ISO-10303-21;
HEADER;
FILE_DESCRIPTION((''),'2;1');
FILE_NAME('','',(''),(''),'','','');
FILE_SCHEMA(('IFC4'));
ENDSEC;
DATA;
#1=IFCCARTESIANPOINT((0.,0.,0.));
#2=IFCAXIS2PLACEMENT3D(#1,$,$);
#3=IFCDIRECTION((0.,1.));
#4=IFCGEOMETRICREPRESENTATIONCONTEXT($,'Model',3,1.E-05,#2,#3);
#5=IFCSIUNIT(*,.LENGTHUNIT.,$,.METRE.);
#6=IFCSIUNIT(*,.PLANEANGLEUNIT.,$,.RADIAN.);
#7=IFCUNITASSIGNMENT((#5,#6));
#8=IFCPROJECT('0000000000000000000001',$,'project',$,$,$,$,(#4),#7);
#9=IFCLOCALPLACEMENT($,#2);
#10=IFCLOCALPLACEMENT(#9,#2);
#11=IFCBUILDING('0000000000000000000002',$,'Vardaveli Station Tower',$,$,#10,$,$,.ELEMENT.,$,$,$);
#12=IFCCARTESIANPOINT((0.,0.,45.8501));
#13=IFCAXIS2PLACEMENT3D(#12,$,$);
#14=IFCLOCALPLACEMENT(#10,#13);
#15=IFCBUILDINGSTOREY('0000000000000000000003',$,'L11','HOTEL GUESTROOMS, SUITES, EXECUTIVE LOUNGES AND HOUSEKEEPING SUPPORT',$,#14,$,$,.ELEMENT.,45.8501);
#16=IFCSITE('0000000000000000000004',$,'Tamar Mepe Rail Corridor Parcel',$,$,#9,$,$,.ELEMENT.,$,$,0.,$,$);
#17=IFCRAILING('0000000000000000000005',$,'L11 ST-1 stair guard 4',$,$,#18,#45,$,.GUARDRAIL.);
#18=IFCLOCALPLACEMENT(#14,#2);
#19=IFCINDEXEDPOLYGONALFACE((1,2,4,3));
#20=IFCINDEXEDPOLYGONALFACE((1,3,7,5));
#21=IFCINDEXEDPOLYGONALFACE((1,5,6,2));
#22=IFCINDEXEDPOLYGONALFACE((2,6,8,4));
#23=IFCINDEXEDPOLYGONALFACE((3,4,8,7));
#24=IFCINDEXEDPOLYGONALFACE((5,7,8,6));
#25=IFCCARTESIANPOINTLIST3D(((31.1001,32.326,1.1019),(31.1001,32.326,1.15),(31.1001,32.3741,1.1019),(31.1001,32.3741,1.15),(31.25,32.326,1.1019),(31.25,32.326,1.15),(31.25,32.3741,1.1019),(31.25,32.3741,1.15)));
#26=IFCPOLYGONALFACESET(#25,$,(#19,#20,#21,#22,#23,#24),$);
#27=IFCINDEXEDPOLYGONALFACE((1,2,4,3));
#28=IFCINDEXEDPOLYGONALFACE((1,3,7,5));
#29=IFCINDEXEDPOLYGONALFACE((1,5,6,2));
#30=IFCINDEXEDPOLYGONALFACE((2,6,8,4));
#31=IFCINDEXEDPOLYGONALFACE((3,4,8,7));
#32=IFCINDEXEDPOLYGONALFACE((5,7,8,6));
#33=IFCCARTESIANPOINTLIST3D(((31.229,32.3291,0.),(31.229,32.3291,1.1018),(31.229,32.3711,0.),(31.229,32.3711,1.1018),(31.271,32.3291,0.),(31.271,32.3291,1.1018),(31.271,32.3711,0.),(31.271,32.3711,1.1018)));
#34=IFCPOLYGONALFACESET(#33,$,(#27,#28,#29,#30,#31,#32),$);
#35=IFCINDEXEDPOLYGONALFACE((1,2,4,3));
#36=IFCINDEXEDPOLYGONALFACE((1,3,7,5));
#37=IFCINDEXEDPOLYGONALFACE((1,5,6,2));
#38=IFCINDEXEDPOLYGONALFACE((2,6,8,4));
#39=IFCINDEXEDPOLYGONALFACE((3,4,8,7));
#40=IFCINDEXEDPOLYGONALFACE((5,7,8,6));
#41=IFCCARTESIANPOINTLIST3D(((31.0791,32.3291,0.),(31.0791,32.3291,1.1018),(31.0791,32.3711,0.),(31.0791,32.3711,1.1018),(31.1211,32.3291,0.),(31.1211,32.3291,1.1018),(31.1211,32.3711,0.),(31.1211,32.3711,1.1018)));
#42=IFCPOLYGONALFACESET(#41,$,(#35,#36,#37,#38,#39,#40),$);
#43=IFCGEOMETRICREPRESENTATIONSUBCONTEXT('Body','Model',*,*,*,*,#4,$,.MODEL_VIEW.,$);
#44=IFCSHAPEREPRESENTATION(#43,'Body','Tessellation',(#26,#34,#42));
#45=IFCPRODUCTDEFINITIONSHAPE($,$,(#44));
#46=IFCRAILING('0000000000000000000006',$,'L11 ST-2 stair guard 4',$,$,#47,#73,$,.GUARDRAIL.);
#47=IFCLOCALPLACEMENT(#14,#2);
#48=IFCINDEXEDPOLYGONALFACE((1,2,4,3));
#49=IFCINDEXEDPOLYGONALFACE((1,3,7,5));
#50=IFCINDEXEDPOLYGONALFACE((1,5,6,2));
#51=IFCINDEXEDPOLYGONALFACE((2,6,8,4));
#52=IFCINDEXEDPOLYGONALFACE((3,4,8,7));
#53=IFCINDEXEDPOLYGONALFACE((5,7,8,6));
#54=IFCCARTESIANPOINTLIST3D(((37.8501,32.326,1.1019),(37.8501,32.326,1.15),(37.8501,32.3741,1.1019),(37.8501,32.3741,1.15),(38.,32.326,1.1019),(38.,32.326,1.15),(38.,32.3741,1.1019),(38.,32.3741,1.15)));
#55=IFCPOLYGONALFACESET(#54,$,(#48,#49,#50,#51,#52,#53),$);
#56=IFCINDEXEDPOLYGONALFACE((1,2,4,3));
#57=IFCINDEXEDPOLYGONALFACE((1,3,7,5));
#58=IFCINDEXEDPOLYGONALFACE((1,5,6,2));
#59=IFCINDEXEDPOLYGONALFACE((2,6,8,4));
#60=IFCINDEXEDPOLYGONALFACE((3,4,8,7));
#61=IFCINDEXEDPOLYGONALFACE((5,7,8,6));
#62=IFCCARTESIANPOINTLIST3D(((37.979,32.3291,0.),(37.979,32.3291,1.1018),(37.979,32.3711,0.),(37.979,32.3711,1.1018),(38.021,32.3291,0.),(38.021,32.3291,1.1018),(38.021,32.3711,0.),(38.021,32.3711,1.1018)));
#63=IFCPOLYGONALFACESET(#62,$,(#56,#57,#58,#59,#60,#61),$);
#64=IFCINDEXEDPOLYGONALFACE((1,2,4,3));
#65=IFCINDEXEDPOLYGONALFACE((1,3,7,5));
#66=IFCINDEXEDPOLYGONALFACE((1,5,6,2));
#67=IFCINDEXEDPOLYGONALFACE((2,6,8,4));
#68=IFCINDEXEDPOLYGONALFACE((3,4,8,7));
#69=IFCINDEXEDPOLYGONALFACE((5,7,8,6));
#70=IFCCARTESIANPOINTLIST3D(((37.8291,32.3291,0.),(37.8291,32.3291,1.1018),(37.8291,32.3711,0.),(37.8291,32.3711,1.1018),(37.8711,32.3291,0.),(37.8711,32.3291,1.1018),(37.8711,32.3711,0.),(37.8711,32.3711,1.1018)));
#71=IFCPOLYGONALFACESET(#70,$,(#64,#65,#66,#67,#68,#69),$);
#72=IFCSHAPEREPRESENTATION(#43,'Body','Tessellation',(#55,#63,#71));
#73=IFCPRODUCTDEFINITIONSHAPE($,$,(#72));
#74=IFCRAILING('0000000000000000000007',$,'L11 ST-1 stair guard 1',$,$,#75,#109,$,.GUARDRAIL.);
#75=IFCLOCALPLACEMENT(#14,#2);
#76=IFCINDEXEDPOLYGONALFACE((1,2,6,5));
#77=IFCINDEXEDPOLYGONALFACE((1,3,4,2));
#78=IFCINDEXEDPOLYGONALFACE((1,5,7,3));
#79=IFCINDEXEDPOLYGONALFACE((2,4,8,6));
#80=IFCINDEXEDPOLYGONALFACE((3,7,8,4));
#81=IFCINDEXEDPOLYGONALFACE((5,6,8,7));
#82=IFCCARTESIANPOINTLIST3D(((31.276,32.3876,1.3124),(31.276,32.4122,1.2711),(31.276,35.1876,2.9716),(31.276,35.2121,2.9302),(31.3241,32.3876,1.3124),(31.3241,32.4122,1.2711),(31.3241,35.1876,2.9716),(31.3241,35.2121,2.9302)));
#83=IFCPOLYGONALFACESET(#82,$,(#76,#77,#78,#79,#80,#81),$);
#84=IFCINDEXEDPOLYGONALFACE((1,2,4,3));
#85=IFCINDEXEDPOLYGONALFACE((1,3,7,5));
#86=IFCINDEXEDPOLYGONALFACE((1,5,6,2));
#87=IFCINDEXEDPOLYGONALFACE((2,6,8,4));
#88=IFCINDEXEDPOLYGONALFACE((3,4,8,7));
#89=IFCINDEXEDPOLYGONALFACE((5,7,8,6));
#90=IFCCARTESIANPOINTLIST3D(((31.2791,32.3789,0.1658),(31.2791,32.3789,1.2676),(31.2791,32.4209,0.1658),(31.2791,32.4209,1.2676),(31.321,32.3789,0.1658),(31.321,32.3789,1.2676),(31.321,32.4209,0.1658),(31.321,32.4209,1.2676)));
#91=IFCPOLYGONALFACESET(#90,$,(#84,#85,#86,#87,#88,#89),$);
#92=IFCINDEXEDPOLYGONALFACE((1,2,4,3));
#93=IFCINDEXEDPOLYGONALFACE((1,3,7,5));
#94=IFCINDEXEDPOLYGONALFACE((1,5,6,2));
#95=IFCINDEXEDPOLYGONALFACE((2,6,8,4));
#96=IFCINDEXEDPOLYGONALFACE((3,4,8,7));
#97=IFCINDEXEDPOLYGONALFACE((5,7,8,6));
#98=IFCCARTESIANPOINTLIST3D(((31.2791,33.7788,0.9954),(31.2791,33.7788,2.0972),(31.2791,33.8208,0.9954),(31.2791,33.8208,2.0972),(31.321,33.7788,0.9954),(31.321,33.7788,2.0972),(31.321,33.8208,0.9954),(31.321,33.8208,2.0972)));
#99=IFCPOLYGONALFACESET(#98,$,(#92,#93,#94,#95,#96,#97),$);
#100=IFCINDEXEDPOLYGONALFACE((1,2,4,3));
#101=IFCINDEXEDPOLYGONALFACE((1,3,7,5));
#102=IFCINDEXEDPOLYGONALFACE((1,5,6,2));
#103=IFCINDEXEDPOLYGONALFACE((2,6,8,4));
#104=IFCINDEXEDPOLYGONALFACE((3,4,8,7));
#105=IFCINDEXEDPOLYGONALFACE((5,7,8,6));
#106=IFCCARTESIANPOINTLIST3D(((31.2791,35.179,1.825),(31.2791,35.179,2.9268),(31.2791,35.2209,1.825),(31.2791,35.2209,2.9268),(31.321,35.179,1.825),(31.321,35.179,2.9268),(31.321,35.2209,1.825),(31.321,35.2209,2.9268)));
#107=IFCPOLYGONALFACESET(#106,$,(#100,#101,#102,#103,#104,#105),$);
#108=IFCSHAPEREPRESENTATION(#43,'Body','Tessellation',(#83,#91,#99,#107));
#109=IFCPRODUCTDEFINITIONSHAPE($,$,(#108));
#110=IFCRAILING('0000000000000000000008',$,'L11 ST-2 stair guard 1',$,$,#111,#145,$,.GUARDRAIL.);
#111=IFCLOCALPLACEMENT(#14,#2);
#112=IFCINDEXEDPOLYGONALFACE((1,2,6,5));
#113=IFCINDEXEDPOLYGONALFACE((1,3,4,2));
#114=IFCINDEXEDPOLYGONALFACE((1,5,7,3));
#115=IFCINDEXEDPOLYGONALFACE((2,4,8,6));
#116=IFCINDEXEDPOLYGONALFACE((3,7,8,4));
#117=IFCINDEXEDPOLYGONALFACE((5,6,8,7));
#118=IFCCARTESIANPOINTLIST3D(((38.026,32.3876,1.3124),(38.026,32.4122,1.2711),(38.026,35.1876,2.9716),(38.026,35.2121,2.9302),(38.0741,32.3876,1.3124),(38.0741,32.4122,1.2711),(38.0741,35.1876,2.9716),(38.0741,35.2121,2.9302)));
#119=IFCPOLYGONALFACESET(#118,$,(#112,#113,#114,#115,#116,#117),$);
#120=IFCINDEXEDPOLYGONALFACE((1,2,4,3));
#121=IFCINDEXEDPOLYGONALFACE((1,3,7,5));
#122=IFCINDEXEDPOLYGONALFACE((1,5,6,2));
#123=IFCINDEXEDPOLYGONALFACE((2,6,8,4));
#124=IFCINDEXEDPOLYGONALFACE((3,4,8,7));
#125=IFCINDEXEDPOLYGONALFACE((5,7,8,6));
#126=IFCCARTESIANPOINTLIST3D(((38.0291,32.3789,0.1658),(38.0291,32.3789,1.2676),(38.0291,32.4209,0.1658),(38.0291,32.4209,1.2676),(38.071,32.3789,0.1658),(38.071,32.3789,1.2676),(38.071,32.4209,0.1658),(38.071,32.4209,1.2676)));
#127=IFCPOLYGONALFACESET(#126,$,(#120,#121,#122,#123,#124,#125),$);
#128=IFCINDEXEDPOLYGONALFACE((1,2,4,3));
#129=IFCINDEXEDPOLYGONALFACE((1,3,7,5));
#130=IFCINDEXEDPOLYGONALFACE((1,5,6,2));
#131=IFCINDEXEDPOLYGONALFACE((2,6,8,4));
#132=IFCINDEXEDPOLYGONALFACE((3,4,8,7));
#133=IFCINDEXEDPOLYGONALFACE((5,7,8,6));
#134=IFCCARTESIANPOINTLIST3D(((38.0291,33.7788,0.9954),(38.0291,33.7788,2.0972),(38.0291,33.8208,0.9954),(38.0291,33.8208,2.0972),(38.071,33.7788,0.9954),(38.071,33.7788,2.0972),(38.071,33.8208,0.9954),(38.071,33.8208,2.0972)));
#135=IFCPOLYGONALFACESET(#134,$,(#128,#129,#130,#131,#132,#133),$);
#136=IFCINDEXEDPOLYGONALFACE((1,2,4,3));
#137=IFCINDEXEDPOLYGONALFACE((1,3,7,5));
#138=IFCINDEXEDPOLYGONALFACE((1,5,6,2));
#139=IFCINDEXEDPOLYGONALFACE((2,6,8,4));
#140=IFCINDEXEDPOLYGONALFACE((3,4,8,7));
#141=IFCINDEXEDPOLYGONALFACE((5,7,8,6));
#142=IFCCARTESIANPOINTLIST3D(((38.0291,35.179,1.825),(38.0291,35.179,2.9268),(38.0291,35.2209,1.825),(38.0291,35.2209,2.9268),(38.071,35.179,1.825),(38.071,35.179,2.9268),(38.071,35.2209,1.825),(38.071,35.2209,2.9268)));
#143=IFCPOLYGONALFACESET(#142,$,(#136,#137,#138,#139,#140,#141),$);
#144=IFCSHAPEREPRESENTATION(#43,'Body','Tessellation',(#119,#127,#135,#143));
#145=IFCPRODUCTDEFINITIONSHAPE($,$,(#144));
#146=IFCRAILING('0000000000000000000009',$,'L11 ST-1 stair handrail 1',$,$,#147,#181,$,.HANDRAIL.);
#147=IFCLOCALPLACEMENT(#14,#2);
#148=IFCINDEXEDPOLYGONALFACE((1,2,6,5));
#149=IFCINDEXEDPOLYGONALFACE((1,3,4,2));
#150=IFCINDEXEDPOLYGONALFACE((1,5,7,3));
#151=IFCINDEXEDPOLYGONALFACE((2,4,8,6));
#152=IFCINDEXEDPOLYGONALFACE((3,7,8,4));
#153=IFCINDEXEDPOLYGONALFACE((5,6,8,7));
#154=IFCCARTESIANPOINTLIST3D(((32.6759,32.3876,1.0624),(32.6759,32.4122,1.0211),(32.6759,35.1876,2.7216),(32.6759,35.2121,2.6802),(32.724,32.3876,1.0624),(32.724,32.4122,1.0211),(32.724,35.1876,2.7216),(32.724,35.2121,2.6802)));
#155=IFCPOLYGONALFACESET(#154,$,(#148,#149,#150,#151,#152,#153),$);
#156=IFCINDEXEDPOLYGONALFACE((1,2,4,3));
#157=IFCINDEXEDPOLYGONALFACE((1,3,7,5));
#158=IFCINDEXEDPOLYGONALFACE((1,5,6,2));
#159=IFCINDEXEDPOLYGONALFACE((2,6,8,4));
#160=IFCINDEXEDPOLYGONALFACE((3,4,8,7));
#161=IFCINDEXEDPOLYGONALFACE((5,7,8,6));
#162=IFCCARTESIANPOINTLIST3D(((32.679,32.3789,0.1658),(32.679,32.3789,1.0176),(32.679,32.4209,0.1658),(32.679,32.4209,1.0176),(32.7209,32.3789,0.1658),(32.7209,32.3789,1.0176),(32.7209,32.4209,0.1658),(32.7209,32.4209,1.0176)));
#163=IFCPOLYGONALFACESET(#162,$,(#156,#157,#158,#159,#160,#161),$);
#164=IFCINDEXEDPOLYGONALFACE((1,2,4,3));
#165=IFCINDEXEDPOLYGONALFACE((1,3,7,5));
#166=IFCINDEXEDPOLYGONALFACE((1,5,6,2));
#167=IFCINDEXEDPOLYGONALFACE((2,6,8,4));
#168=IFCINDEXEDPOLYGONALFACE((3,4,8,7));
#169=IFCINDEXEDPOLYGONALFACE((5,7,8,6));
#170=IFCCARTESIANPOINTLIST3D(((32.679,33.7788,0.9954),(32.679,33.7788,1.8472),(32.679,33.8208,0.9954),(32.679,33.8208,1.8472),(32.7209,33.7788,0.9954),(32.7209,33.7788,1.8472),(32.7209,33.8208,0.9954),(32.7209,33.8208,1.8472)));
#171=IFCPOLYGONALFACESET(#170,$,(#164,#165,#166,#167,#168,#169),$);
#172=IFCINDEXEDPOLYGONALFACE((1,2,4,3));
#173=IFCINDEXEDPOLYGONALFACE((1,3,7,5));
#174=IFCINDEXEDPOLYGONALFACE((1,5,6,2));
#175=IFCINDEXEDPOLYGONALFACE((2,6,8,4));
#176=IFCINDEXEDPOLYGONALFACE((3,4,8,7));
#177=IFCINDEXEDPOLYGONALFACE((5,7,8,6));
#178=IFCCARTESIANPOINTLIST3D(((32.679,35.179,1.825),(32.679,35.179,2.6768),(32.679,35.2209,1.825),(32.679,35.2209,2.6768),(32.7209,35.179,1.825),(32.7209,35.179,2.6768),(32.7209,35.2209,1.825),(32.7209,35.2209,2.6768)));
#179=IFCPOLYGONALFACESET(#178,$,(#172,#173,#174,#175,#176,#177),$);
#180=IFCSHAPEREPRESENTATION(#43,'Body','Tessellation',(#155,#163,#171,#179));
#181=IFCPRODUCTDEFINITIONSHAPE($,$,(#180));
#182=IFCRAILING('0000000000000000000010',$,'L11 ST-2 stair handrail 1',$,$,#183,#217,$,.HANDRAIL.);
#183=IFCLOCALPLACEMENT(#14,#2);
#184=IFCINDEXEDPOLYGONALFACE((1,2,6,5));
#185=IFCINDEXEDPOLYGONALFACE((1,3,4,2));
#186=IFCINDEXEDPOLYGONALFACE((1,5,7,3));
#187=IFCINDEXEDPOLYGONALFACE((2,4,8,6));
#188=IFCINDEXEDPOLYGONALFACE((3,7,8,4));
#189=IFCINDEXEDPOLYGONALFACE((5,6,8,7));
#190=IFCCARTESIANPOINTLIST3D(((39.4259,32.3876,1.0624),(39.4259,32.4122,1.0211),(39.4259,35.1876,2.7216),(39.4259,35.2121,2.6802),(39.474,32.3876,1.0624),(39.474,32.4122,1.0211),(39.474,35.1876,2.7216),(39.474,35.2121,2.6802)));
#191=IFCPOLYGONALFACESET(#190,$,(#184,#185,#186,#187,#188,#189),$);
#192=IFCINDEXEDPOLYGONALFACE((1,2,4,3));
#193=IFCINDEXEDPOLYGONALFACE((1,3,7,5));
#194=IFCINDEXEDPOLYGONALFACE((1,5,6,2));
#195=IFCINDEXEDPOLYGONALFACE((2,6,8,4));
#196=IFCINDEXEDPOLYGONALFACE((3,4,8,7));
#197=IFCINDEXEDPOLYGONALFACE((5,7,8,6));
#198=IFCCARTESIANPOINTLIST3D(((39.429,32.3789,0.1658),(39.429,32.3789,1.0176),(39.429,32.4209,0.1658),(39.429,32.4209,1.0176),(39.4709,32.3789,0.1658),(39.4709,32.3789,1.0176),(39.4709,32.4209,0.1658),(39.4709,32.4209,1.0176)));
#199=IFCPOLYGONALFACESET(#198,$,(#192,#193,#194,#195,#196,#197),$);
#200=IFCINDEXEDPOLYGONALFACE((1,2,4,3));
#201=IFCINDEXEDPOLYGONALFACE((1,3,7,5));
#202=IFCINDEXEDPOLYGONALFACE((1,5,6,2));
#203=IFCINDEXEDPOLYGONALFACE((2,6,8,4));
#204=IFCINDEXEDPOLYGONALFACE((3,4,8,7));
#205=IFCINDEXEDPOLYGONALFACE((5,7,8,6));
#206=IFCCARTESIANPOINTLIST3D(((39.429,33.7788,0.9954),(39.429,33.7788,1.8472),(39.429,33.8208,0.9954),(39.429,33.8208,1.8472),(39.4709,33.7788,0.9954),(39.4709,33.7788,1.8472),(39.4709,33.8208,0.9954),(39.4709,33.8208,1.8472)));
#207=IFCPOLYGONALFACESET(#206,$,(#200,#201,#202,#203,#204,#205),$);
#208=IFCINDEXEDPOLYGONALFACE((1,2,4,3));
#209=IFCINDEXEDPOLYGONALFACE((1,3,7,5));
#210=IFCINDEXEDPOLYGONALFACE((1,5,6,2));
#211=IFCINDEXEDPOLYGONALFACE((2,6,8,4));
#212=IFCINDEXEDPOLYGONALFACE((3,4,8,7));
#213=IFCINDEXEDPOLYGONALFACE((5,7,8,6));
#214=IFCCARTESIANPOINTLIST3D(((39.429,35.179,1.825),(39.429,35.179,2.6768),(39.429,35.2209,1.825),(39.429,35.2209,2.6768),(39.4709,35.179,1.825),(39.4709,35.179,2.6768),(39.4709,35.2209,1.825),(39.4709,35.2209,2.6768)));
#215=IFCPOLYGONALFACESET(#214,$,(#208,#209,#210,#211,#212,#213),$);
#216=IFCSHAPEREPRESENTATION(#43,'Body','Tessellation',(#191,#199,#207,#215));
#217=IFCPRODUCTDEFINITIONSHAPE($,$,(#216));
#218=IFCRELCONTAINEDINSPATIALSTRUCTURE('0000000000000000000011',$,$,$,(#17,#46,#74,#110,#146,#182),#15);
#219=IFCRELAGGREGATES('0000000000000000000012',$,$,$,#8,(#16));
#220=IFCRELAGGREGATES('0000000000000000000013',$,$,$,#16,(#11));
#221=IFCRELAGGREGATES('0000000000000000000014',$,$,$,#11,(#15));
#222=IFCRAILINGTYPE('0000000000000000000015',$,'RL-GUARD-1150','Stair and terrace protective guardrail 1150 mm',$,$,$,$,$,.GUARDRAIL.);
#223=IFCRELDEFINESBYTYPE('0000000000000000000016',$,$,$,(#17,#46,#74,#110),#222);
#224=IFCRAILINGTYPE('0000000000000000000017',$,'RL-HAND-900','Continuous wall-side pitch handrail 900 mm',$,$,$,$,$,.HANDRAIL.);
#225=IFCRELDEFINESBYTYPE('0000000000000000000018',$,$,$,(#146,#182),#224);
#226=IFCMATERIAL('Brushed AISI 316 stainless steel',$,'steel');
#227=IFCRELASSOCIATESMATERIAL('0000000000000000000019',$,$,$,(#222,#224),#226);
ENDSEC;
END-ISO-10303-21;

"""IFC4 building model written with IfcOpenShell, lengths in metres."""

from ifc_helpers import new_model, si_unit, direction, frame, origin, origin_2d, place, context, subcontext, project, spatial, rectangle, extrude, source, transform, mapped, material, type_object, element, save


model = new_model("IFC4")

# Units and contexts
model_context = context("Model", 3, precision=1e-05, world=origin(), true_north=direction((0.0, 1.0)))
body_context = subcontext(model_context, "Body", "Model", "MODEL_VIEW")
ifc_project = project(units=[si_unit("LENGTHUNIT", "METRE"), si_unit("PLANEANGLEUNIT", "RADIAN")], contexts=[model_context])

# Site, building, storey
site_placement = place(None, origin())
site = spatial("IfcSite", under=ifc_project, at=site_placement, Name="Tamar Mepe Rail Corridor Parcel", CompositionType="ELEMENT", RefElevation=0.0)
building_placement = place(site_placement, origin())
building = spatial("IfcBuilding", under=site, at=building_placement, Name="Vardaveli Station Tower", CompositionType="ELEMENT")
storey_placement = place(building_placement, frame((0.0, 0.0, 45.8501)))
storey = spatial("IfcBuildingStorey", under=building, at=storey_placement, Name="L11", Description="HOTEL GUESTROOMS, SUITES, EXECUTIVE LOUNGES AND HOUSEKEEPING SUPPORT", CompositionType="ELEMENT", Elevation=45.8501)

# Railings
ifc_material_1 = material(Name="Brushed AISI 316 stainless steel", Category="steel")
railing_type_1 = type_object("IfcRailingType", Name="RL-GUARD-1150", Description="Stair and terrace protective guardrail 1150 mm", PredefinedType="GUARDRAIL", material=ifc_material_1)
shared_shape_1 = source(origin(), body_context, "Body", "SweptSolid", [
    extrude(rectangle(XDim=0.0481, YDim=0.0481, at=origin_2d()), frame((0.0, 0.0, 1.126), z_axis=(-1.0, 0.0, 0.0), x_axis=(0.0, -1.0, 0.0)), (0.0, 0.0, 1.0), 0.1499),
    extrude(rectangle(XDim=0.042, YDim=0.042, at=origin_2d()), origin(), (0.0, 0.0, 1.0), 1.1018),
    extrude(rectangle(XDim=0.042, YDim=0.042, at=origin_2d()), frame((-0.1499, 0.0, 0.0)), (0.0, 0.0, 1.0), 1.1018),
])
for number, where, name in (
    (1, (31.25, 32.3501, 0.0), "L11 ST-1 stair guard 4"),
    (2, (38.0, 32.3501, 0.0), "L11 ST-2 stair guard 4"),
):
    element("IfcRailing", number, at=place(storey_placement, frame(where)), inside=storey, type_object=railing_type_1, Name=name, PredefinedType="GUARDRAIL", context=body_context, shape_type="MappedRepresentation", body=[
        mapped(shared_shape_1, transform((0.0, 0.0, 0.0), scale=1.0)),
    ])
shared_shape_2 = source(origin(), body_context, "Body", "SweptSolid", [
    extrude(rectangle(XDim=0.0481, YDim=0.0481, at=origin_2d()), frame((0.0, 0.0, 1.126), z_axis=(0.0, 0.860306, 0.509778), x_axis=(-1.0, 0.0, 0.0)), (0.0, 0.0, 1.0), 3.2546),
    extrude(rectangle(XDim=0.042, YDim=0.042, at=origin_2d()), origin(), (0.0, 0.0, 1.0), 1.1018),
    extrude(rectangle(XDim=0.042, YDim=0.042, at=origin_2d()), frame((0.0, 1.3999, 0.8296)), (0.0, 0.0, 1.0), 1.1018),
    extrude(rectangle(XDim=0.042, YDim=0.042, at=origin_2d()), frame((0.0, 2.8, 1.6592)), (0.0, 0.0, 1.0), 1.1018),
])
for number, where, name in (
    (3, (31.3, 32.3999, 0.1658), "L11 ST-1 stair guard 1"),
    (4, (38.05, 32.3999, 0.1658), "L11 ST-2 stair guard 1"),
):
    element("IfcRailing", number, at=place(storey_placement, frame(where)), inside=storey, type_object=railing_type_1, Name=name, PredefinedType="GUARDRAIL", context=body_context, shape_type="MappedRepresentation", body=[
        mapped(shared_shape_2, transform((0.0, 0.0, 0.0), scale=1.0)),
    ])
railing_type_2 = type_object("IfcRailingType", Name="RL-HAND-900", Description="Continuous wall-side pitch handrail 900 mm", PredefinedType="HANDRAIL", material=ifc_material_1)
shared_shape_3 = source(origin(), body_context, "Body", "SweptSolid", [
    extrude(rectangle(XDim=0.0481, YDim=0.0481, at=origin_2d()), frame((0.0, 0.0, 0.876), z_axis=(0.0, 0.860306, 0.509778), x_axis=(-1.0, 0.0, 0.0)), (0.0, 0.0, 1.0), 3.2546),
    extrude(rectangle(XDim=0.042, YDim=0.042, at=origin_2d()), origin(), (0.0, 0.0, 1.0), 0.8518),
    extrude(rectangle(XDim=0.042, YDim=0.042, at=origin_2d()), frame((0.0, 1.3999, 0.8296)), (0.0, 0.0, 1.0), 0.8518),
    extrude(rectangle(XDim=0.042, YDim=0.042, at=origin_2d()), frame((0.0, 2.8, 1.6592)), (0.0, 0.0, 1.0), 0.8518),
])
for number, where, name in (
    (5, (32.7, 32.3999, 0.1658), "L11 ST-1 stair handrail 1"),
    (6, (39.45, 32.3999, 0.1658), "L11 ST-2 stair handrail 1"),
):
    element("IfcRailing", number, at=place(storey_placement, frame(where)), inside=storey, type_object=railing_type_2, Name=name, PredefinedType="HANDRAIL", context=body_context, shape_type="MappedRepresentation", body=[
        mapped(shared_shape_3, transform((0.0, 0.0, 0.0), scale=1.0)),
    ])

save(model, "model.ifc")
